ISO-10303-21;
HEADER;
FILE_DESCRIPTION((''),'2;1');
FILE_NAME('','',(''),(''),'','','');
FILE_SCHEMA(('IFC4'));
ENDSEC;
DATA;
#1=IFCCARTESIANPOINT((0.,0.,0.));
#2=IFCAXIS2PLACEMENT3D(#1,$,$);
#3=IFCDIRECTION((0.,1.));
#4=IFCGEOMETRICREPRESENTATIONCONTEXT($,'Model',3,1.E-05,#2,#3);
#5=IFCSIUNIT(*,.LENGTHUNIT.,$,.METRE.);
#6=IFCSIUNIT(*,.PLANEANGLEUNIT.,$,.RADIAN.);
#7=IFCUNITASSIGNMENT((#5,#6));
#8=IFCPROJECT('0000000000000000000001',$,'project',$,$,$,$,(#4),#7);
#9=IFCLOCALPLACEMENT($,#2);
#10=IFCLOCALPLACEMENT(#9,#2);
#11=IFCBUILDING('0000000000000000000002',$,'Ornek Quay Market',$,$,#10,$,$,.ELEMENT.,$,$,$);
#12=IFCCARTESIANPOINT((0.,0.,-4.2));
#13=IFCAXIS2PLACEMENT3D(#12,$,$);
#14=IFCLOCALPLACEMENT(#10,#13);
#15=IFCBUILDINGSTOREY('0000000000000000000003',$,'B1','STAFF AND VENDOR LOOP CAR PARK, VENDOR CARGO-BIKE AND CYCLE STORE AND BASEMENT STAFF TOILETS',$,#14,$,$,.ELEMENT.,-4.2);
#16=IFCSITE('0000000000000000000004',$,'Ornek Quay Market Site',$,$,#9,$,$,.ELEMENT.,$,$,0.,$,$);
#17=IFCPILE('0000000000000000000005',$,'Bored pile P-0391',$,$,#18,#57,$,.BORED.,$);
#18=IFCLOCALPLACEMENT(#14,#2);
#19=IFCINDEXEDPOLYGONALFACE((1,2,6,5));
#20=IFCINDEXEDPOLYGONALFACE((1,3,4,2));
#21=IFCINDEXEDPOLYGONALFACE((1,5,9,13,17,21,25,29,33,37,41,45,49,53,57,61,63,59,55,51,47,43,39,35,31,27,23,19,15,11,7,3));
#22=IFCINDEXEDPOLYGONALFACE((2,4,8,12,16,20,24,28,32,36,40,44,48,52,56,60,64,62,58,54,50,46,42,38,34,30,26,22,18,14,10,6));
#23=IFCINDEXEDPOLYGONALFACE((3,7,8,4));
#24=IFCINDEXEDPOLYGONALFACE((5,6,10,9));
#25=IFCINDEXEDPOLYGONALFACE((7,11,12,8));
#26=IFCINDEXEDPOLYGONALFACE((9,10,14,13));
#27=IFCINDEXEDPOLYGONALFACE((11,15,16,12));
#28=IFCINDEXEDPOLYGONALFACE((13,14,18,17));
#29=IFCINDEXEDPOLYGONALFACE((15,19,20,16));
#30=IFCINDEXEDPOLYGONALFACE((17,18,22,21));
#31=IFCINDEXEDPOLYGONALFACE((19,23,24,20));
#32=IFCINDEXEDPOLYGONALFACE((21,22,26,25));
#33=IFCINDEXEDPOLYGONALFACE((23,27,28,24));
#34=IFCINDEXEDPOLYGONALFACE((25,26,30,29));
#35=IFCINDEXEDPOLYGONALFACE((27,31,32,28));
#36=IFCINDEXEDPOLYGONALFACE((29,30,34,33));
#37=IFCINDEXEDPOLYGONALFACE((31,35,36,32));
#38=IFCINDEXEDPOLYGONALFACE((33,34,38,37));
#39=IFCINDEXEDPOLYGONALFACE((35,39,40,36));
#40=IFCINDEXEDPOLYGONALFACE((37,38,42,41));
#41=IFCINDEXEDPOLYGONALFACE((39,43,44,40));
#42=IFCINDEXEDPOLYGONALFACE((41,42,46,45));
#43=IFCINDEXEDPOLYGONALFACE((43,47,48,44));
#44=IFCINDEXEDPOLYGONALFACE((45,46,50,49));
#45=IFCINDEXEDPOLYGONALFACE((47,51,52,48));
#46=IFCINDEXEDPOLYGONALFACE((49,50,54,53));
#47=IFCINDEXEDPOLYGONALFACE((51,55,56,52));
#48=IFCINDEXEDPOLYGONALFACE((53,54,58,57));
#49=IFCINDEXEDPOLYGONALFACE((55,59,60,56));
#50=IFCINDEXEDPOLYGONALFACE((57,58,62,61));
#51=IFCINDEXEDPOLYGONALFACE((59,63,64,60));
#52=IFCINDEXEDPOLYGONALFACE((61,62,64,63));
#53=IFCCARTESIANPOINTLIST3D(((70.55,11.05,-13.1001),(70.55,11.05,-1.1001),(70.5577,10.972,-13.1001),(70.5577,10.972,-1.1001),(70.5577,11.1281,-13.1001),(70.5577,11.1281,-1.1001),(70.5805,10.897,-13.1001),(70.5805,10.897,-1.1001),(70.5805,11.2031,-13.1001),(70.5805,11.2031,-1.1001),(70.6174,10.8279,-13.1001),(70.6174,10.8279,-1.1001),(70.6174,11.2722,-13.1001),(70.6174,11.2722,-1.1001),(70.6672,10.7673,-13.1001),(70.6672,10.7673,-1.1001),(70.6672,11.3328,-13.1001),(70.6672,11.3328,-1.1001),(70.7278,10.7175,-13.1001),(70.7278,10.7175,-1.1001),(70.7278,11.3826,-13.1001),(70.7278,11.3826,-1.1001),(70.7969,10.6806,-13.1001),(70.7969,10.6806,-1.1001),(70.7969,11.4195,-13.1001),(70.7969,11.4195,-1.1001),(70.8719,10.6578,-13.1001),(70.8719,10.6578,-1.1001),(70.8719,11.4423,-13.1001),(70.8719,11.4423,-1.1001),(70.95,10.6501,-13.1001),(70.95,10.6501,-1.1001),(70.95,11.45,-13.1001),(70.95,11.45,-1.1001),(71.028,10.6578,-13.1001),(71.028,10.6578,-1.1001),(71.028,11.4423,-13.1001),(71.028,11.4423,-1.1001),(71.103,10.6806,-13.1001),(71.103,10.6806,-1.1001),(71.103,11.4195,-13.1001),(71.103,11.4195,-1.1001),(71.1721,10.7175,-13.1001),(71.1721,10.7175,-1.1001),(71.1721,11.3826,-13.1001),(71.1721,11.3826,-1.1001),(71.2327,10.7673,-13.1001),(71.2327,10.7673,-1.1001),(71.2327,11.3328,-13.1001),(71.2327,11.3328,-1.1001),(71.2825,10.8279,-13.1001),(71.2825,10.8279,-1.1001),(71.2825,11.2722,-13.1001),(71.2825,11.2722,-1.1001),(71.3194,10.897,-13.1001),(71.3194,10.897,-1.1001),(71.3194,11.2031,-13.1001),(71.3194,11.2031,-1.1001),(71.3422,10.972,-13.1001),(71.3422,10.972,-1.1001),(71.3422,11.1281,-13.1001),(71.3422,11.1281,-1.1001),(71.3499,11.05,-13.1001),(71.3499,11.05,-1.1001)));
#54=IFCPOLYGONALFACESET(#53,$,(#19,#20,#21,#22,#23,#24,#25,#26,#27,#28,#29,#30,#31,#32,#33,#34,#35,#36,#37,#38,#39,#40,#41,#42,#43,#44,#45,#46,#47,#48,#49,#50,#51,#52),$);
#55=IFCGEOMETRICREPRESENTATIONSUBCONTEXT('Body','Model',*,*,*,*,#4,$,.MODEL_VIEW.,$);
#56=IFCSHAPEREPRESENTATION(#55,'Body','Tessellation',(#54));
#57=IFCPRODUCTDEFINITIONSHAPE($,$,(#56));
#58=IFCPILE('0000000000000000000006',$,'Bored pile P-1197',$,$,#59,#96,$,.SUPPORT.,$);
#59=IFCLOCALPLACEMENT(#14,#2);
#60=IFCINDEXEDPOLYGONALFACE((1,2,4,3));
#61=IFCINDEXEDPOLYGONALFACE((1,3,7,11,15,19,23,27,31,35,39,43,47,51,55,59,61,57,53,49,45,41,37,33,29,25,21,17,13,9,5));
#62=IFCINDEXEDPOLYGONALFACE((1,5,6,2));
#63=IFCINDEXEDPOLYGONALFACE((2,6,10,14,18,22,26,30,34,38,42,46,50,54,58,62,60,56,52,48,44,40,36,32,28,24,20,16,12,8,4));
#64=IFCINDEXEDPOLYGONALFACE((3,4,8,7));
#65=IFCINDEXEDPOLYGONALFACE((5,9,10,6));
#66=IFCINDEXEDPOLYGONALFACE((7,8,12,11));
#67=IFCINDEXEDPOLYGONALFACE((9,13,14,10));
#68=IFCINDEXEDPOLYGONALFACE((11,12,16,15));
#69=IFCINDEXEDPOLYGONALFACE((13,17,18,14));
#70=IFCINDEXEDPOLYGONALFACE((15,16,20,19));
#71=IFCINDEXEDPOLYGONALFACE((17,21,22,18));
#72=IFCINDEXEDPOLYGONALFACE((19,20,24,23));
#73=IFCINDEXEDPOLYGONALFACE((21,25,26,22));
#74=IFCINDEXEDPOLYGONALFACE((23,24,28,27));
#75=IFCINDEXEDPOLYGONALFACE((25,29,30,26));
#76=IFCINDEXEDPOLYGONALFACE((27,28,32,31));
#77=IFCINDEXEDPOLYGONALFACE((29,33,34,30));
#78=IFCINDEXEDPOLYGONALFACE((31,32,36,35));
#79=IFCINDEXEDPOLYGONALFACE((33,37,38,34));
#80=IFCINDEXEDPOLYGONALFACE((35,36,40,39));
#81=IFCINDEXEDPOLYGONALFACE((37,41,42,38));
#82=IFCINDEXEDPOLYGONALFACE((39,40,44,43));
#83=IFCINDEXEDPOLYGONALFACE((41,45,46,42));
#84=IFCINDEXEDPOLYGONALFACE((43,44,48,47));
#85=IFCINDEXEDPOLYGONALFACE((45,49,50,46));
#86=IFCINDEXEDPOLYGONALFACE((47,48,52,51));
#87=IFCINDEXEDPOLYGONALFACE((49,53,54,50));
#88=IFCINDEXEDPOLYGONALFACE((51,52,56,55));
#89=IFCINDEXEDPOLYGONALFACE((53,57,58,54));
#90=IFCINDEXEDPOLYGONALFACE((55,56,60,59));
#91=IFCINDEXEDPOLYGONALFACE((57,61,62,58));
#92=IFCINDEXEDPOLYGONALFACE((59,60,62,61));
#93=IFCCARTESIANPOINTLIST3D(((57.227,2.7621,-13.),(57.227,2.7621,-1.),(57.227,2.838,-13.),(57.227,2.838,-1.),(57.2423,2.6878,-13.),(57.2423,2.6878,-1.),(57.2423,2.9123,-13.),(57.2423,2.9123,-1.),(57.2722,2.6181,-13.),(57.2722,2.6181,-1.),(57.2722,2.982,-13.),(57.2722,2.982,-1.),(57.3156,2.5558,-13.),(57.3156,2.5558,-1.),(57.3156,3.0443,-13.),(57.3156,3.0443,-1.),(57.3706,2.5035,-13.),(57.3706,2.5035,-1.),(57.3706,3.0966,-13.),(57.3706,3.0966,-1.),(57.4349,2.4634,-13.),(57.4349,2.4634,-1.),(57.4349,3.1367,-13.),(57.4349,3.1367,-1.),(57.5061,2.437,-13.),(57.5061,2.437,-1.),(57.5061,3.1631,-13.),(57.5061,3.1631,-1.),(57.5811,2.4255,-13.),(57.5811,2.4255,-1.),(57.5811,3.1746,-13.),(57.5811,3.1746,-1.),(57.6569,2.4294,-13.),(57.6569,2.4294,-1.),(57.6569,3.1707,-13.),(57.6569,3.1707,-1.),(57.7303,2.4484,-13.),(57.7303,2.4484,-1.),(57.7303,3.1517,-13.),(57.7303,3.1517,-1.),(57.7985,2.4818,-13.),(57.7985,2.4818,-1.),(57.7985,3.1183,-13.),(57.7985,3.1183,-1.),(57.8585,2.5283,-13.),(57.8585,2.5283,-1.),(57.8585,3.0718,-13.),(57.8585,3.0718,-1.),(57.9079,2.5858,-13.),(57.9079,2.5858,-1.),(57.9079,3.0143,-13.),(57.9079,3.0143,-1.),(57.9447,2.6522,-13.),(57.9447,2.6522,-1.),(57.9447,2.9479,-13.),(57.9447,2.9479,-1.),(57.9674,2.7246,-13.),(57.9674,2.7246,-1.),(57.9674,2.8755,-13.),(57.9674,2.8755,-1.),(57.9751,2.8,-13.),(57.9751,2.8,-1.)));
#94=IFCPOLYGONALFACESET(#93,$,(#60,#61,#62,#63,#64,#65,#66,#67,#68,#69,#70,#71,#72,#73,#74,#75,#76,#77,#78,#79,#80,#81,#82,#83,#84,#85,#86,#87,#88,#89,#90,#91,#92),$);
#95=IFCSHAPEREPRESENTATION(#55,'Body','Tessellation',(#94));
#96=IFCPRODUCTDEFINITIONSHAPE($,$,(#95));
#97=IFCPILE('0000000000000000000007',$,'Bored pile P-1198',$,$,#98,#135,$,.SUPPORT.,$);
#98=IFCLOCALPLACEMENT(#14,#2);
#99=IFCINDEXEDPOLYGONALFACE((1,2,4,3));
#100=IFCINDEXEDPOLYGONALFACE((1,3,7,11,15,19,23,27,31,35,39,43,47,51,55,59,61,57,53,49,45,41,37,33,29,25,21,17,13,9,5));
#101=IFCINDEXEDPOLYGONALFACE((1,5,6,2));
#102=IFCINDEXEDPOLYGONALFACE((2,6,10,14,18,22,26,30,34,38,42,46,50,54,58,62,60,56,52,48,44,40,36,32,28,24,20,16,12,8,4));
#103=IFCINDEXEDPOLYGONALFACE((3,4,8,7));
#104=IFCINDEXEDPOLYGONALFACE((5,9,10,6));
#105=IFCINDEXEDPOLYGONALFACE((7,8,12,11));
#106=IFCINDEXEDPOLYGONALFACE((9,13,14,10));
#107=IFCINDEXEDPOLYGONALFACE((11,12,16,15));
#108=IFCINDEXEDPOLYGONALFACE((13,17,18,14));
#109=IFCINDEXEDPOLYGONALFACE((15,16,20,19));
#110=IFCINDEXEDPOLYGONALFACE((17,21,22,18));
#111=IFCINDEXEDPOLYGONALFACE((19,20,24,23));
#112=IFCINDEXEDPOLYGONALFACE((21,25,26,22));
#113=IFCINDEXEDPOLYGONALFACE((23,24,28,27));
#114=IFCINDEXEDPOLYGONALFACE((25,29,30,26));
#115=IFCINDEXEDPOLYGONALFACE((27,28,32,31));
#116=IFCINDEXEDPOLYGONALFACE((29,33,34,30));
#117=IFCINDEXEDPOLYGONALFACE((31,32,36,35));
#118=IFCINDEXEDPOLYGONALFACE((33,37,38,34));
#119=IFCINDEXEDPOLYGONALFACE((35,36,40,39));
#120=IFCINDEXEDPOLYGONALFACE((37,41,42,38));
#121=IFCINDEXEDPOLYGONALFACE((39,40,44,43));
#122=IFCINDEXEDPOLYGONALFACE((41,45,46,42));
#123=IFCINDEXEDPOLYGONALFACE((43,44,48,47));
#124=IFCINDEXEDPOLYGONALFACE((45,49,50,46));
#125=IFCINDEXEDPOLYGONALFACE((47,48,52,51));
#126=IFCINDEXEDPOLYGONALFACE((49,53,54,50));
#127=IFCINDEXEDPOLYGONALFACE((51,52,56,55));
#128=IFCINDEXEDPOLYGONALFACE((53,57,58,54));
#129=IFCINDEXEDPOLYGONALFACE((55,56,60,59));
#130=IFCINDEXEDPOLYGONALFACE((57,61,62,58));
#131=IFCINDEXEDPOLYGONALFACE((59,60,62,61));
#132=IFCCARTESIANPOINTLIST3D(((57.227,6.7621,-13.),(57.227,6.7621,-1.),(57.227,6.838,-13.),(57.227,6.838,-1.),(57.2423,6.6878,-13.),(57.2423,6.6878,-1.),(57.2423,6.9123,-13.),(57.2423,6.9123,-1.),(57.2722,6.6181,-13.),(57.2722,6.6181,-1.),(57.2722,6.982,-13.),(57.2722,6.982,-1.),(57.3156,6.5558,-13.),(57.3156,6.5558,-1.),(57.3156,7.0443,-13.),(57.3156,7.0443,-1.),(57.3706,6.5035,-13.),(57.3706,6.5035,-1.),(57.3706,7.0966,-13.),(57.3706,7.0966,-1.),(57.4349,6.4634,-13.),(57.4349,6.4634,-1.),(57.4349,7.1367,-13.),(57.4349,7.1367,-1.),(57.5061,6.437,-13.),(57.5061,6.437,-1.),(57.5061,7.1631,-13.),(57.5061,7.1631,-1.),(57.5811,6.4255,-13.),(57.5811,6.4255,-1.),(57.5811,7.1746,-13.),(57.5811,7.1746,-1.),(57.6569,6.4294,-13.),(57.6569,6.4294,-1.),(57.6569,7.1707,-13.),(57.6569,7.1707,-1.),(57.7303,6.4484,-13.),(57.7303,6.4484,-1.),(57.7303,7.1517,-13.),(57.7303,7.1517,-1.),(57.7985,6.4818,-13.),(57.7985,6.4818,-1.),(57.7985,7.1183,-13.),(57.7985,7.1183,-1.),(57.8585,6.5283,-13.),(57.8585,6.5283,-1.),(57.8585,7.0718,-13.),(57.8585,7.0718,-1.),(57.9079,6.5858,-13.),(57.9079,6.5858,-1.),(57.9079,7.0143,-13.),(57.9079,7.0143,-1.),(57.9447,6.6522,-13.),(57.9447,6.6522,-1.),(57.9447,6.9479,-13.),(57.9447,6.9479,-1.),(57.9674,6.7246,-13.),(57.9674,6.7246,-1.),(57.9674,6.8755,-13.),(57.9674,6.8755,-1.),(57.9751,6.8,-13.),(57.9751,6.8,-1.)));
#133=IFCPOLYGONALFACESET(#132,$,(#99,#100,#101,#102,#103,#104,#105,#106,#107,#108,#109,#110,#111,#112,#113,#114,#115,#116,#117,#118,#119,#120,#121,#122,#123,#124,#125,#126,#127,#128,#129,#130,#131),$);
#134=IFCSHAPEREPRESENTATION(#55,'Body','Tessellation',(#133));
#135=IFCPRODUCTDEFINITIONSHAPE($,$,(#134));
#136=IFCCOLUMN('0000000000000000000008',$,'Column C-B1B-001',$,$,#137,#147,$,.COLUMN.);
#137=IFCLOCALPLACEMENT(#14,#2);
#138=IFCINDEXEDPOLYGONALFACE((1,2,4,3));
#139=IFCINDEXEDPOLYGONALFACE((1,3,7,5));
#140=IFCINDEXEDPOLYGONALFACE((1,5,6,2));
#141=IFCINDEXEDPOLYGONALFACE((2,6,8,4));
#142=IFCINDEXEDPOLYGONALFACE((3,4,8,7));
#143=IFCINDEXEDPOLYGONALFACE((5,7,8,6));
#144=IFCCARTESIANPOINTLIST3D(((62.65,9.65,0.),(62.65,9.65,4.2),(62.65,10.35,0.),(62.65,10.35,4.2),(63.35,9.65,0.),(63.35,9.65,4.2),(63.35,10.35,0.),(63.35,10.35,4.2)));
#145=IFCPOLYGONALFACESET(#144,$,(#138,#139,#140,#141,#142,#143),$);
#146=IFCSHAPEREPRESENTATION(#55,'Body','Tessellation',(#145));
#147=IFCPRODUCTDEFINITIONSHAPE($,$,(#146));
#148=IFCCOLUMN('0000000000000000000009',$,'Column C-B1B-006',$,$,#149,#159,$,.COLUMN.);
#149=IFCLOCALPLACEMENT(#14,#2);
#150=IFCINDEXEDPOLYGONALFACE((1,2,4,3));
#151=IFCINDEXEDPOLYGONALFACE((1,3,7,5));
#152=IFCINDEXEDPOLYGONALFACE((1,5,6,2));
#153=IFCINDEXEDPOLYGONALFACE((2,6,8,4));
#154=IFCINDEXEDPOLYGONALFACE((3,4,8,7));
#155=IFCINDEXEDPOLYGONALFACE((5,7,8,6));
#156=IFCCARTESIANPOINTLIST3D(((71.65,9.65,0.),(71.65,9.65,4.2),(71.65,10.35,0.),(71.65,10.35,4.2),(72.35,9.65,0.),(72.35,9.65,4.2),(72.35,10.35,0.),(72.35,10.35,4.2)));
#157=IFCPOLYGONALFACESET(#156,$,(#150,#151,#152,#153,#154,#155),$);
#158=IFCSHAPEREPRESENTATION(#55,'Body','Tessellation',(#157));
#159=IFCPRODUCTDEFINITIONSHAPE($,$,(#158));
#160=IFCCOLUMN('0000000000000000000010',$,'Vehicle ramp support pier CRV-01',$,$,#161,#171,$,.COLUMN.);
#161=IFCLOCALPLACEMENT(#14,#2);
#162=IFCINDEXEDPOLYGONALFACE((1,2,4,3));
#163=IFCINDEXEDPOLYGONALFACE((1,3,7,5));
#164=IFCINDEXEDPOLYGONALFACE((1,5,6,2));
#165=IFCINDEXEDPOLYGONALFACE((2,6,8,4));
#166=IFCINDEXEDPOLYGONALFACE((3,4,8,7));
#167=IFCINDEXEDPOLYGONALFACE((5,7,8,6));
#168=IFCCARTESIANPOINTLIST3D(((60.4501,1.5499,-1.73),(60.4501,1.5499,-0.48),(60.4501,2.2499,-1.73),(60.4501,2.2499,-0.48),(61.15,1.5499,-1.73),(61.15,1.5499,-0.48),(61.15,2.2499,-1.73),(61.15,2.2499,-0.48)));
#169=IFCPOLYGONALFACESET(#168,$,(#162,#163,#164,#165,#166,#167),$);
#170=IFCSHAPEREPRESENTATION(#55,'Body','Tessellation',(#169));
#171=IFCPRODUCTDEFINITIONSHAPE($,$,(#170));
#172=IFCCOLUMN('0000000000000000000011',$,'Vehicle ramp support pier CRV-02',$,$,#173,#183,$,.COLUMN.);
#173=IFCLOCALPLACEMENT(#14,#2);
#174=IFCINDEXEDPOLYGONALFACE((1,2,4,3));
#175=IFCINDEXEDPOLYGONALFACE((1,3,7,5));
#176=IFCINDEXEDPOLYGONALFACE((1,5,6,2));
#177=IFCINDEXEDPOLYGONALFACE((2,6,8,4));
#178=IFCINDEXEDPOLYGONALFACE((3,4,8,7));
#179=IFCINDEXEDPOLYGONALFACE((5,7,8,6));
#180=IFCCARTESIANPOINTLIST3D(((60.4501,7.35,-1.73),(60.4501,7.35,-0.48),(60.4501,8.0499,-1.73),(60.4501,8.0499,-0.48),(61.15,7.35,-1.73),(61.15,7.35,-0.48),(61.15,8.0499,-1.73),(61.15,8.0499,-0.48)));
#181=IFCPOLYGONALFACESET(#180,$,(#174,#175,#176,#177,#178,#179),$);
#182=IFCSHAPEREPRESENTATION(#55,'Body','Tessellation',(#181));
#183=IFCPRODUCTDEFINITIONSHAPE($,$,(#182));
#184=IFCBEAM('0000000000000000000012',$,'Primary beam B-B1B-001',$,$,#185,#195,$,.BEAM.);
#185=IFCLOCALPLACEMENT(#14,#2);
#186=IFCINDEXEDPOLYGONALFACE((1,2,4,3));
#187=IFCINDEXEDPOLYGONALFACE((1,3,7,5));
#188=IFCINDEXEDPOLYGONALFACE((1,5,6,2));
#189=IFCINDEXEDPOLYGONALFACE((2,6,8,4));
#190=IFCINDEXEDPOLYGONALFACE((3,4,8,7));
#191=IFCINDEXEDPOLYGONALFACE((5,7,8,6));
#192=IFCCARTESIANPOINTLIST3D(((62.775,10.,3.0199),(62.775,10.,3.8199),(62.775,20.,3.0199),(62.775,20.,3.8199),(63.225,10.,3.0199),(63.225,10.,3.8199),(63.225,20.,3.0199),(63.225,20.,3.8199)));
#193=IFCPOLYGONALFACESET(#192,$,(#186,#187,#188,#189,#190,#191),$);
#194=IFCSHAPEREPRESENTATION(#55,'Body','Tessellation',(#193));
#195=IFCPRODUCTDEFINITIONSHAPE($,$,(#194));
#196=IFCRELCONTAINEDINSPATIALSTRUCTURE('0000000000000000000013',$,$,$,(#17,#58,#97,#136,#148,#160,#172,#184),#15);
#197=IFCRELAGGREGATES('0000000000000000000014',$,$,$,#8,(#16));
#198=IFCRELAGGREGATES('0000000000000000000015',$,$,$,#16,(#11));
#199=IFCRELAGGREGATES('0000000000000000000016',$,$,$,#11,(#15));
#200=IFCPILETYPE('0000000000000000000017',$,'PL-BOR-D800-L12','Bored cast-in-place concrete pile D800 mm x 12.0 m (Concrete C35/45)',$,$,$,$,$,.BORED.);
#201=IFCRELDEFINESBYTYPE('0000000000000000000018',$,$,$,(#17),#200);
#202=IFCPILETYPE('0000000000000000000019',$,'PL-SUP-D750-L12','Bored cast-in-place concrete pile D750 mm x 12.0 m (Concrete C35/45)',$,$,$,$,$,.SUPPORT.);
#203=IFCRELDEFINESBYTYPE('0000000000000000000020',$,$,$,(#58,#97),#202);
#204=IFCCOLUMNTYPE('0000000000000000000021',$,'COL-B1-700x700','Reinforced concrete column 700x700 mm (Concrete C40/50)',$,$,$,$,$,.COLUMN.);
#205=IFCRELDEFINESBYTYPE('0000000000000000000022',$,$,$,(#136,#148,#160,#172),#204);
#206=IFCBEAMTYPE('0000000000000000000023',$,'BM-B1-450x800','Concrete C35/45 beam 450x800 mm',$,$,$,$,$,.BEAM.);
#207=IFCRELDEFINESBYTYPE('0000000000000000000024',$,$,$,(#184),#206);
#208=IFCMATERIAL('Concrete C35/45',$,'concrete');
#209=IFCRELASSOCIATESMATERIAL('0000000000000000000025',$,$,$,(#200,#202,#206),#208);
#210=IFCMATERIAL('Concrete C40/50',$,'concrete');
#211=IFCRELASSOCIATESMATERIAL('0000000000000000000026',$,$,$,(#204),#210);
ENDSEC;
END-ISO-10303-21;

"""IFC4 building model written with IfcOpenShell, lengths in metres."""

from ifc_helpers import new_model, si_unit, direction, frame, origin, origin_2d, place, context, subcontext, project, spatial, rectangle, circle, extrude, material, material_profile, profile_set, type_object, element, save


model = new_model("IFC4")

# Units and contexts
model_context = context("Model", 3, precision=1e-05, world=origin(), true_north=direction((0.0, 1.0)))
body_context = subcontext(model_context, "Body", "Model", "MODEL_VIEW")
ifc_project = project(units=[si_unit("LENGTHUNIT", "METRE"), si_unit("PLANEANGLEUNIT", "RADIAN")], contexts=[model_context])

# Site, building, storey
site_placement = place(None, origin())
site = spatial("IfcSite", under=ifc_project, at=site_placement, Name="Ornek Quay Market Site", CompositionType="ELEMENT", RefElevation=0.0)
building_placement = place(site_placement, origin())
building = spatial("IfcBuilding", under=site, at=building_placement, Name="Ornek Quay Market", CompositionType="ELEMENT")
storey_placement = place(building_placement, frame((0.0, 0.0, -4.2)))
storey = spatial("IfcBuildingStorey", under=building, at=storey_placement, Name="B1", Description="STAFF AND VENDOR LOOP CAR PARK, VENDOR CARGO-BIKE AND CYCLE STORE AND BASEMENT STAFF TOILETS", CompositionType="ELEMENT", Elevation=-4.2)

# Piles
ifc_material_1 = material(Name="Concrete C35/45", Category="concrete")
ifc_material_profile_1 = material_profile(ifc_material_1, circle(Radius=0.3999, at=origin_2d()), Name="PILE D800", Category="concrete")
ifc_profile_set_1 = profile_set([ifc_material_profile_1], Name="Concrete C35/45")
pile_type_1 = type_object("IfcPileType", Name="PL-BOR-D800-L12", Description="Bored cast-in-place concrete pile D800 mm x 12.0 m (Concrete C35/45)", PredefinedType="BORED", material=ifc_profile_set_1)
for number, where, z_axis, x_axis, name in (
    (1, (70.95, 11.05, -1.1001), (0.0, 0.0, -1.0), (1.0, 0.0, 0.0), "Bored pile P-0391"),
):
    element("IfcPile", number, at=place(storey_placement, frame(where, z_axis=z_axis, x_axis=x_axis)), inside=storey, type_object=pile_type_1, Name=name, PredefinedType="BORED", context=body_context, shape_type="SweptSolid", body=[
        extrude(circle(Radius=0.3999, at=origin_2d()), origin(), (0.0, 0.0, 1.0), 12.0),
    ])
ifc_material_profile_2 = material_profile(ifc_material_1, circle(Radius=0.375, at=origin_2d()), Name="PILE D750", Category="concrete")
ifc_profile_set_2 = profile_set([ifc_material_profile_2], Name="Concrete C35/45")
pile_type_2 = type_object("IfcPileType", Name="PL-SUP-D750-L12", Description="Bored cast-in-place concrete pile D750 mm x 12.0 m (Concrete C35/45)", PredefinedType="SUPPORT", material=ifc_profile_set_2)
for number, where, z_axis, x_axis, name in (
    (2, (57.6001, 2.8, -1.0), (0.0, 0.0, -1.0), (1.0, 0.0, 0.0), "Bored pile P-1197"),
    (3, (57.6001, 6.8, -1.0), (0.0, 0.0, -1.0), (1.0, 0.0, 0.0), "Bored pile P-1198"),
):
    element("IfcPile", number, at=place(storey_placement, frame(where, z_axis=z_axis, x_axis=x_axis)), inside=storey, type_object=pile_type_2, Name=name, PredefinedType="SUPPORT", context=body_context, shape_type="SweptSolid", body=[
        extrude(circle(Radius=0.375, at=origin_2d()), origin(), (0.0, 0.0, 1.0), 12.0),
    ])

# Columns
ifc_material_2 = material(Name="Concrete C40/50", Category="concrete")
ifc_material_profile_3 = material_profile(ifc_material_2, rectangle(XDim=0.7, YDim=0.7, at=origin_2d()), Name="RC 700x700", Category="concrete")
ifc_profile_set_3 = profile_set([ifc_material_profile_3], Name="Concrete C40/50")
column_type = type_object("IfcColumnType", Name="COL-B1-700x700", Description="Reinforced concrete column 700x700 mm (Concrete C40/50)", PredefinedType="COLUMN", material=ifc_profile_set_3)
for number, where, z_axis, x_axis, name in (
    (4, (63.0, 10.0, 0.0), (0.0, 0.0, 1.0), (1.0, 0.0, 0.0), "Column C-B1B-001"),
    (5, (72.0, 10.0, 0.0), (0.0, 0.0, 1.0), (1.0, 0.0, 0.0), "Column C-B1B-006"),
):
    element("IfcColumn", number, at=place(storey_placement, frame(where, z_axis=z_axis, x_axis=x_axis)), inside=storey, type_object=column_type, Name=name, PredefinedType="COLUMN", context=body_context, shape_type="SweptSolid", body=[
        extrude(rectangle(XDim=0.7, YDim=0.7, at=origin_2d()), origin(), (0.0, 0.0, 1.0), 4.2),
    ])
for number, where, z_axis, x_axis, name in (
    (6, (60.8, 1.8999, -1.73), (0.0, 0.0, 1.0), (1.0, 0.0, 0.0), "Vehicle ramp support pier CRV-01"),
    (7, (60.8, 7.7, -1.73), (0.0, 0.0, 1.0), (1.0, 0.0, 0.0), "Vehicle ramp support pier CRV-02"),
):
    element("IfcColumn", number, at=place(storey_placement, frame(where, z_axis=z_axis, x_axis=x_axis)), inside=storey, type_object=column_type, Name=name, PredefinedType="COLUMN", context=body_context, shape_type="SweptSolid", body=[
        extrude(rectangle(XDim=0.7, YDim=0.7, at=origin_2d()), origin(), (0.0, 0.0, 1.0), 1.25),
    ])

# Beam
ifc_material_profile_4 = material_profile(ifc_material_1, rectangle(XDim=0.45, YDim=0.8, at=origin_2d()), Name="RC 450x800", Category="concrete")
ifc_profile_set_4 = profile_set([ifc_material_profile_4], Name="Concrete C35/45")
beam_type_1 = type_object("IfcBeamType", Name="BM-B1-450x800", Description="Concrete C35/45 beam 450x800 mm", PredefinedType="BEAM", material=ifc_profile_set_4)
beam_1_placement = place(storey_placement, frame((63.0, 10.0, 3.4199), z_axis=(0.0, 1.0, 0.0), x_axis=(-1.0, 0.0, 0.0)))
element("IfcBeam", 8, at=beam_1_placement, inside=storey, type_object=beam_type_1, Name="Primary beam B-B1B-001", PredefinedType="BEAM", context=body_context, shape_type="SweptSolid", body=[
    extrude(rectangle(XDim=0.45, YDim=0.8, at=origin_2d()), origin(), (0.0, 0.0, 1.0), 10.0),
])

save(model, "model.ifc")
